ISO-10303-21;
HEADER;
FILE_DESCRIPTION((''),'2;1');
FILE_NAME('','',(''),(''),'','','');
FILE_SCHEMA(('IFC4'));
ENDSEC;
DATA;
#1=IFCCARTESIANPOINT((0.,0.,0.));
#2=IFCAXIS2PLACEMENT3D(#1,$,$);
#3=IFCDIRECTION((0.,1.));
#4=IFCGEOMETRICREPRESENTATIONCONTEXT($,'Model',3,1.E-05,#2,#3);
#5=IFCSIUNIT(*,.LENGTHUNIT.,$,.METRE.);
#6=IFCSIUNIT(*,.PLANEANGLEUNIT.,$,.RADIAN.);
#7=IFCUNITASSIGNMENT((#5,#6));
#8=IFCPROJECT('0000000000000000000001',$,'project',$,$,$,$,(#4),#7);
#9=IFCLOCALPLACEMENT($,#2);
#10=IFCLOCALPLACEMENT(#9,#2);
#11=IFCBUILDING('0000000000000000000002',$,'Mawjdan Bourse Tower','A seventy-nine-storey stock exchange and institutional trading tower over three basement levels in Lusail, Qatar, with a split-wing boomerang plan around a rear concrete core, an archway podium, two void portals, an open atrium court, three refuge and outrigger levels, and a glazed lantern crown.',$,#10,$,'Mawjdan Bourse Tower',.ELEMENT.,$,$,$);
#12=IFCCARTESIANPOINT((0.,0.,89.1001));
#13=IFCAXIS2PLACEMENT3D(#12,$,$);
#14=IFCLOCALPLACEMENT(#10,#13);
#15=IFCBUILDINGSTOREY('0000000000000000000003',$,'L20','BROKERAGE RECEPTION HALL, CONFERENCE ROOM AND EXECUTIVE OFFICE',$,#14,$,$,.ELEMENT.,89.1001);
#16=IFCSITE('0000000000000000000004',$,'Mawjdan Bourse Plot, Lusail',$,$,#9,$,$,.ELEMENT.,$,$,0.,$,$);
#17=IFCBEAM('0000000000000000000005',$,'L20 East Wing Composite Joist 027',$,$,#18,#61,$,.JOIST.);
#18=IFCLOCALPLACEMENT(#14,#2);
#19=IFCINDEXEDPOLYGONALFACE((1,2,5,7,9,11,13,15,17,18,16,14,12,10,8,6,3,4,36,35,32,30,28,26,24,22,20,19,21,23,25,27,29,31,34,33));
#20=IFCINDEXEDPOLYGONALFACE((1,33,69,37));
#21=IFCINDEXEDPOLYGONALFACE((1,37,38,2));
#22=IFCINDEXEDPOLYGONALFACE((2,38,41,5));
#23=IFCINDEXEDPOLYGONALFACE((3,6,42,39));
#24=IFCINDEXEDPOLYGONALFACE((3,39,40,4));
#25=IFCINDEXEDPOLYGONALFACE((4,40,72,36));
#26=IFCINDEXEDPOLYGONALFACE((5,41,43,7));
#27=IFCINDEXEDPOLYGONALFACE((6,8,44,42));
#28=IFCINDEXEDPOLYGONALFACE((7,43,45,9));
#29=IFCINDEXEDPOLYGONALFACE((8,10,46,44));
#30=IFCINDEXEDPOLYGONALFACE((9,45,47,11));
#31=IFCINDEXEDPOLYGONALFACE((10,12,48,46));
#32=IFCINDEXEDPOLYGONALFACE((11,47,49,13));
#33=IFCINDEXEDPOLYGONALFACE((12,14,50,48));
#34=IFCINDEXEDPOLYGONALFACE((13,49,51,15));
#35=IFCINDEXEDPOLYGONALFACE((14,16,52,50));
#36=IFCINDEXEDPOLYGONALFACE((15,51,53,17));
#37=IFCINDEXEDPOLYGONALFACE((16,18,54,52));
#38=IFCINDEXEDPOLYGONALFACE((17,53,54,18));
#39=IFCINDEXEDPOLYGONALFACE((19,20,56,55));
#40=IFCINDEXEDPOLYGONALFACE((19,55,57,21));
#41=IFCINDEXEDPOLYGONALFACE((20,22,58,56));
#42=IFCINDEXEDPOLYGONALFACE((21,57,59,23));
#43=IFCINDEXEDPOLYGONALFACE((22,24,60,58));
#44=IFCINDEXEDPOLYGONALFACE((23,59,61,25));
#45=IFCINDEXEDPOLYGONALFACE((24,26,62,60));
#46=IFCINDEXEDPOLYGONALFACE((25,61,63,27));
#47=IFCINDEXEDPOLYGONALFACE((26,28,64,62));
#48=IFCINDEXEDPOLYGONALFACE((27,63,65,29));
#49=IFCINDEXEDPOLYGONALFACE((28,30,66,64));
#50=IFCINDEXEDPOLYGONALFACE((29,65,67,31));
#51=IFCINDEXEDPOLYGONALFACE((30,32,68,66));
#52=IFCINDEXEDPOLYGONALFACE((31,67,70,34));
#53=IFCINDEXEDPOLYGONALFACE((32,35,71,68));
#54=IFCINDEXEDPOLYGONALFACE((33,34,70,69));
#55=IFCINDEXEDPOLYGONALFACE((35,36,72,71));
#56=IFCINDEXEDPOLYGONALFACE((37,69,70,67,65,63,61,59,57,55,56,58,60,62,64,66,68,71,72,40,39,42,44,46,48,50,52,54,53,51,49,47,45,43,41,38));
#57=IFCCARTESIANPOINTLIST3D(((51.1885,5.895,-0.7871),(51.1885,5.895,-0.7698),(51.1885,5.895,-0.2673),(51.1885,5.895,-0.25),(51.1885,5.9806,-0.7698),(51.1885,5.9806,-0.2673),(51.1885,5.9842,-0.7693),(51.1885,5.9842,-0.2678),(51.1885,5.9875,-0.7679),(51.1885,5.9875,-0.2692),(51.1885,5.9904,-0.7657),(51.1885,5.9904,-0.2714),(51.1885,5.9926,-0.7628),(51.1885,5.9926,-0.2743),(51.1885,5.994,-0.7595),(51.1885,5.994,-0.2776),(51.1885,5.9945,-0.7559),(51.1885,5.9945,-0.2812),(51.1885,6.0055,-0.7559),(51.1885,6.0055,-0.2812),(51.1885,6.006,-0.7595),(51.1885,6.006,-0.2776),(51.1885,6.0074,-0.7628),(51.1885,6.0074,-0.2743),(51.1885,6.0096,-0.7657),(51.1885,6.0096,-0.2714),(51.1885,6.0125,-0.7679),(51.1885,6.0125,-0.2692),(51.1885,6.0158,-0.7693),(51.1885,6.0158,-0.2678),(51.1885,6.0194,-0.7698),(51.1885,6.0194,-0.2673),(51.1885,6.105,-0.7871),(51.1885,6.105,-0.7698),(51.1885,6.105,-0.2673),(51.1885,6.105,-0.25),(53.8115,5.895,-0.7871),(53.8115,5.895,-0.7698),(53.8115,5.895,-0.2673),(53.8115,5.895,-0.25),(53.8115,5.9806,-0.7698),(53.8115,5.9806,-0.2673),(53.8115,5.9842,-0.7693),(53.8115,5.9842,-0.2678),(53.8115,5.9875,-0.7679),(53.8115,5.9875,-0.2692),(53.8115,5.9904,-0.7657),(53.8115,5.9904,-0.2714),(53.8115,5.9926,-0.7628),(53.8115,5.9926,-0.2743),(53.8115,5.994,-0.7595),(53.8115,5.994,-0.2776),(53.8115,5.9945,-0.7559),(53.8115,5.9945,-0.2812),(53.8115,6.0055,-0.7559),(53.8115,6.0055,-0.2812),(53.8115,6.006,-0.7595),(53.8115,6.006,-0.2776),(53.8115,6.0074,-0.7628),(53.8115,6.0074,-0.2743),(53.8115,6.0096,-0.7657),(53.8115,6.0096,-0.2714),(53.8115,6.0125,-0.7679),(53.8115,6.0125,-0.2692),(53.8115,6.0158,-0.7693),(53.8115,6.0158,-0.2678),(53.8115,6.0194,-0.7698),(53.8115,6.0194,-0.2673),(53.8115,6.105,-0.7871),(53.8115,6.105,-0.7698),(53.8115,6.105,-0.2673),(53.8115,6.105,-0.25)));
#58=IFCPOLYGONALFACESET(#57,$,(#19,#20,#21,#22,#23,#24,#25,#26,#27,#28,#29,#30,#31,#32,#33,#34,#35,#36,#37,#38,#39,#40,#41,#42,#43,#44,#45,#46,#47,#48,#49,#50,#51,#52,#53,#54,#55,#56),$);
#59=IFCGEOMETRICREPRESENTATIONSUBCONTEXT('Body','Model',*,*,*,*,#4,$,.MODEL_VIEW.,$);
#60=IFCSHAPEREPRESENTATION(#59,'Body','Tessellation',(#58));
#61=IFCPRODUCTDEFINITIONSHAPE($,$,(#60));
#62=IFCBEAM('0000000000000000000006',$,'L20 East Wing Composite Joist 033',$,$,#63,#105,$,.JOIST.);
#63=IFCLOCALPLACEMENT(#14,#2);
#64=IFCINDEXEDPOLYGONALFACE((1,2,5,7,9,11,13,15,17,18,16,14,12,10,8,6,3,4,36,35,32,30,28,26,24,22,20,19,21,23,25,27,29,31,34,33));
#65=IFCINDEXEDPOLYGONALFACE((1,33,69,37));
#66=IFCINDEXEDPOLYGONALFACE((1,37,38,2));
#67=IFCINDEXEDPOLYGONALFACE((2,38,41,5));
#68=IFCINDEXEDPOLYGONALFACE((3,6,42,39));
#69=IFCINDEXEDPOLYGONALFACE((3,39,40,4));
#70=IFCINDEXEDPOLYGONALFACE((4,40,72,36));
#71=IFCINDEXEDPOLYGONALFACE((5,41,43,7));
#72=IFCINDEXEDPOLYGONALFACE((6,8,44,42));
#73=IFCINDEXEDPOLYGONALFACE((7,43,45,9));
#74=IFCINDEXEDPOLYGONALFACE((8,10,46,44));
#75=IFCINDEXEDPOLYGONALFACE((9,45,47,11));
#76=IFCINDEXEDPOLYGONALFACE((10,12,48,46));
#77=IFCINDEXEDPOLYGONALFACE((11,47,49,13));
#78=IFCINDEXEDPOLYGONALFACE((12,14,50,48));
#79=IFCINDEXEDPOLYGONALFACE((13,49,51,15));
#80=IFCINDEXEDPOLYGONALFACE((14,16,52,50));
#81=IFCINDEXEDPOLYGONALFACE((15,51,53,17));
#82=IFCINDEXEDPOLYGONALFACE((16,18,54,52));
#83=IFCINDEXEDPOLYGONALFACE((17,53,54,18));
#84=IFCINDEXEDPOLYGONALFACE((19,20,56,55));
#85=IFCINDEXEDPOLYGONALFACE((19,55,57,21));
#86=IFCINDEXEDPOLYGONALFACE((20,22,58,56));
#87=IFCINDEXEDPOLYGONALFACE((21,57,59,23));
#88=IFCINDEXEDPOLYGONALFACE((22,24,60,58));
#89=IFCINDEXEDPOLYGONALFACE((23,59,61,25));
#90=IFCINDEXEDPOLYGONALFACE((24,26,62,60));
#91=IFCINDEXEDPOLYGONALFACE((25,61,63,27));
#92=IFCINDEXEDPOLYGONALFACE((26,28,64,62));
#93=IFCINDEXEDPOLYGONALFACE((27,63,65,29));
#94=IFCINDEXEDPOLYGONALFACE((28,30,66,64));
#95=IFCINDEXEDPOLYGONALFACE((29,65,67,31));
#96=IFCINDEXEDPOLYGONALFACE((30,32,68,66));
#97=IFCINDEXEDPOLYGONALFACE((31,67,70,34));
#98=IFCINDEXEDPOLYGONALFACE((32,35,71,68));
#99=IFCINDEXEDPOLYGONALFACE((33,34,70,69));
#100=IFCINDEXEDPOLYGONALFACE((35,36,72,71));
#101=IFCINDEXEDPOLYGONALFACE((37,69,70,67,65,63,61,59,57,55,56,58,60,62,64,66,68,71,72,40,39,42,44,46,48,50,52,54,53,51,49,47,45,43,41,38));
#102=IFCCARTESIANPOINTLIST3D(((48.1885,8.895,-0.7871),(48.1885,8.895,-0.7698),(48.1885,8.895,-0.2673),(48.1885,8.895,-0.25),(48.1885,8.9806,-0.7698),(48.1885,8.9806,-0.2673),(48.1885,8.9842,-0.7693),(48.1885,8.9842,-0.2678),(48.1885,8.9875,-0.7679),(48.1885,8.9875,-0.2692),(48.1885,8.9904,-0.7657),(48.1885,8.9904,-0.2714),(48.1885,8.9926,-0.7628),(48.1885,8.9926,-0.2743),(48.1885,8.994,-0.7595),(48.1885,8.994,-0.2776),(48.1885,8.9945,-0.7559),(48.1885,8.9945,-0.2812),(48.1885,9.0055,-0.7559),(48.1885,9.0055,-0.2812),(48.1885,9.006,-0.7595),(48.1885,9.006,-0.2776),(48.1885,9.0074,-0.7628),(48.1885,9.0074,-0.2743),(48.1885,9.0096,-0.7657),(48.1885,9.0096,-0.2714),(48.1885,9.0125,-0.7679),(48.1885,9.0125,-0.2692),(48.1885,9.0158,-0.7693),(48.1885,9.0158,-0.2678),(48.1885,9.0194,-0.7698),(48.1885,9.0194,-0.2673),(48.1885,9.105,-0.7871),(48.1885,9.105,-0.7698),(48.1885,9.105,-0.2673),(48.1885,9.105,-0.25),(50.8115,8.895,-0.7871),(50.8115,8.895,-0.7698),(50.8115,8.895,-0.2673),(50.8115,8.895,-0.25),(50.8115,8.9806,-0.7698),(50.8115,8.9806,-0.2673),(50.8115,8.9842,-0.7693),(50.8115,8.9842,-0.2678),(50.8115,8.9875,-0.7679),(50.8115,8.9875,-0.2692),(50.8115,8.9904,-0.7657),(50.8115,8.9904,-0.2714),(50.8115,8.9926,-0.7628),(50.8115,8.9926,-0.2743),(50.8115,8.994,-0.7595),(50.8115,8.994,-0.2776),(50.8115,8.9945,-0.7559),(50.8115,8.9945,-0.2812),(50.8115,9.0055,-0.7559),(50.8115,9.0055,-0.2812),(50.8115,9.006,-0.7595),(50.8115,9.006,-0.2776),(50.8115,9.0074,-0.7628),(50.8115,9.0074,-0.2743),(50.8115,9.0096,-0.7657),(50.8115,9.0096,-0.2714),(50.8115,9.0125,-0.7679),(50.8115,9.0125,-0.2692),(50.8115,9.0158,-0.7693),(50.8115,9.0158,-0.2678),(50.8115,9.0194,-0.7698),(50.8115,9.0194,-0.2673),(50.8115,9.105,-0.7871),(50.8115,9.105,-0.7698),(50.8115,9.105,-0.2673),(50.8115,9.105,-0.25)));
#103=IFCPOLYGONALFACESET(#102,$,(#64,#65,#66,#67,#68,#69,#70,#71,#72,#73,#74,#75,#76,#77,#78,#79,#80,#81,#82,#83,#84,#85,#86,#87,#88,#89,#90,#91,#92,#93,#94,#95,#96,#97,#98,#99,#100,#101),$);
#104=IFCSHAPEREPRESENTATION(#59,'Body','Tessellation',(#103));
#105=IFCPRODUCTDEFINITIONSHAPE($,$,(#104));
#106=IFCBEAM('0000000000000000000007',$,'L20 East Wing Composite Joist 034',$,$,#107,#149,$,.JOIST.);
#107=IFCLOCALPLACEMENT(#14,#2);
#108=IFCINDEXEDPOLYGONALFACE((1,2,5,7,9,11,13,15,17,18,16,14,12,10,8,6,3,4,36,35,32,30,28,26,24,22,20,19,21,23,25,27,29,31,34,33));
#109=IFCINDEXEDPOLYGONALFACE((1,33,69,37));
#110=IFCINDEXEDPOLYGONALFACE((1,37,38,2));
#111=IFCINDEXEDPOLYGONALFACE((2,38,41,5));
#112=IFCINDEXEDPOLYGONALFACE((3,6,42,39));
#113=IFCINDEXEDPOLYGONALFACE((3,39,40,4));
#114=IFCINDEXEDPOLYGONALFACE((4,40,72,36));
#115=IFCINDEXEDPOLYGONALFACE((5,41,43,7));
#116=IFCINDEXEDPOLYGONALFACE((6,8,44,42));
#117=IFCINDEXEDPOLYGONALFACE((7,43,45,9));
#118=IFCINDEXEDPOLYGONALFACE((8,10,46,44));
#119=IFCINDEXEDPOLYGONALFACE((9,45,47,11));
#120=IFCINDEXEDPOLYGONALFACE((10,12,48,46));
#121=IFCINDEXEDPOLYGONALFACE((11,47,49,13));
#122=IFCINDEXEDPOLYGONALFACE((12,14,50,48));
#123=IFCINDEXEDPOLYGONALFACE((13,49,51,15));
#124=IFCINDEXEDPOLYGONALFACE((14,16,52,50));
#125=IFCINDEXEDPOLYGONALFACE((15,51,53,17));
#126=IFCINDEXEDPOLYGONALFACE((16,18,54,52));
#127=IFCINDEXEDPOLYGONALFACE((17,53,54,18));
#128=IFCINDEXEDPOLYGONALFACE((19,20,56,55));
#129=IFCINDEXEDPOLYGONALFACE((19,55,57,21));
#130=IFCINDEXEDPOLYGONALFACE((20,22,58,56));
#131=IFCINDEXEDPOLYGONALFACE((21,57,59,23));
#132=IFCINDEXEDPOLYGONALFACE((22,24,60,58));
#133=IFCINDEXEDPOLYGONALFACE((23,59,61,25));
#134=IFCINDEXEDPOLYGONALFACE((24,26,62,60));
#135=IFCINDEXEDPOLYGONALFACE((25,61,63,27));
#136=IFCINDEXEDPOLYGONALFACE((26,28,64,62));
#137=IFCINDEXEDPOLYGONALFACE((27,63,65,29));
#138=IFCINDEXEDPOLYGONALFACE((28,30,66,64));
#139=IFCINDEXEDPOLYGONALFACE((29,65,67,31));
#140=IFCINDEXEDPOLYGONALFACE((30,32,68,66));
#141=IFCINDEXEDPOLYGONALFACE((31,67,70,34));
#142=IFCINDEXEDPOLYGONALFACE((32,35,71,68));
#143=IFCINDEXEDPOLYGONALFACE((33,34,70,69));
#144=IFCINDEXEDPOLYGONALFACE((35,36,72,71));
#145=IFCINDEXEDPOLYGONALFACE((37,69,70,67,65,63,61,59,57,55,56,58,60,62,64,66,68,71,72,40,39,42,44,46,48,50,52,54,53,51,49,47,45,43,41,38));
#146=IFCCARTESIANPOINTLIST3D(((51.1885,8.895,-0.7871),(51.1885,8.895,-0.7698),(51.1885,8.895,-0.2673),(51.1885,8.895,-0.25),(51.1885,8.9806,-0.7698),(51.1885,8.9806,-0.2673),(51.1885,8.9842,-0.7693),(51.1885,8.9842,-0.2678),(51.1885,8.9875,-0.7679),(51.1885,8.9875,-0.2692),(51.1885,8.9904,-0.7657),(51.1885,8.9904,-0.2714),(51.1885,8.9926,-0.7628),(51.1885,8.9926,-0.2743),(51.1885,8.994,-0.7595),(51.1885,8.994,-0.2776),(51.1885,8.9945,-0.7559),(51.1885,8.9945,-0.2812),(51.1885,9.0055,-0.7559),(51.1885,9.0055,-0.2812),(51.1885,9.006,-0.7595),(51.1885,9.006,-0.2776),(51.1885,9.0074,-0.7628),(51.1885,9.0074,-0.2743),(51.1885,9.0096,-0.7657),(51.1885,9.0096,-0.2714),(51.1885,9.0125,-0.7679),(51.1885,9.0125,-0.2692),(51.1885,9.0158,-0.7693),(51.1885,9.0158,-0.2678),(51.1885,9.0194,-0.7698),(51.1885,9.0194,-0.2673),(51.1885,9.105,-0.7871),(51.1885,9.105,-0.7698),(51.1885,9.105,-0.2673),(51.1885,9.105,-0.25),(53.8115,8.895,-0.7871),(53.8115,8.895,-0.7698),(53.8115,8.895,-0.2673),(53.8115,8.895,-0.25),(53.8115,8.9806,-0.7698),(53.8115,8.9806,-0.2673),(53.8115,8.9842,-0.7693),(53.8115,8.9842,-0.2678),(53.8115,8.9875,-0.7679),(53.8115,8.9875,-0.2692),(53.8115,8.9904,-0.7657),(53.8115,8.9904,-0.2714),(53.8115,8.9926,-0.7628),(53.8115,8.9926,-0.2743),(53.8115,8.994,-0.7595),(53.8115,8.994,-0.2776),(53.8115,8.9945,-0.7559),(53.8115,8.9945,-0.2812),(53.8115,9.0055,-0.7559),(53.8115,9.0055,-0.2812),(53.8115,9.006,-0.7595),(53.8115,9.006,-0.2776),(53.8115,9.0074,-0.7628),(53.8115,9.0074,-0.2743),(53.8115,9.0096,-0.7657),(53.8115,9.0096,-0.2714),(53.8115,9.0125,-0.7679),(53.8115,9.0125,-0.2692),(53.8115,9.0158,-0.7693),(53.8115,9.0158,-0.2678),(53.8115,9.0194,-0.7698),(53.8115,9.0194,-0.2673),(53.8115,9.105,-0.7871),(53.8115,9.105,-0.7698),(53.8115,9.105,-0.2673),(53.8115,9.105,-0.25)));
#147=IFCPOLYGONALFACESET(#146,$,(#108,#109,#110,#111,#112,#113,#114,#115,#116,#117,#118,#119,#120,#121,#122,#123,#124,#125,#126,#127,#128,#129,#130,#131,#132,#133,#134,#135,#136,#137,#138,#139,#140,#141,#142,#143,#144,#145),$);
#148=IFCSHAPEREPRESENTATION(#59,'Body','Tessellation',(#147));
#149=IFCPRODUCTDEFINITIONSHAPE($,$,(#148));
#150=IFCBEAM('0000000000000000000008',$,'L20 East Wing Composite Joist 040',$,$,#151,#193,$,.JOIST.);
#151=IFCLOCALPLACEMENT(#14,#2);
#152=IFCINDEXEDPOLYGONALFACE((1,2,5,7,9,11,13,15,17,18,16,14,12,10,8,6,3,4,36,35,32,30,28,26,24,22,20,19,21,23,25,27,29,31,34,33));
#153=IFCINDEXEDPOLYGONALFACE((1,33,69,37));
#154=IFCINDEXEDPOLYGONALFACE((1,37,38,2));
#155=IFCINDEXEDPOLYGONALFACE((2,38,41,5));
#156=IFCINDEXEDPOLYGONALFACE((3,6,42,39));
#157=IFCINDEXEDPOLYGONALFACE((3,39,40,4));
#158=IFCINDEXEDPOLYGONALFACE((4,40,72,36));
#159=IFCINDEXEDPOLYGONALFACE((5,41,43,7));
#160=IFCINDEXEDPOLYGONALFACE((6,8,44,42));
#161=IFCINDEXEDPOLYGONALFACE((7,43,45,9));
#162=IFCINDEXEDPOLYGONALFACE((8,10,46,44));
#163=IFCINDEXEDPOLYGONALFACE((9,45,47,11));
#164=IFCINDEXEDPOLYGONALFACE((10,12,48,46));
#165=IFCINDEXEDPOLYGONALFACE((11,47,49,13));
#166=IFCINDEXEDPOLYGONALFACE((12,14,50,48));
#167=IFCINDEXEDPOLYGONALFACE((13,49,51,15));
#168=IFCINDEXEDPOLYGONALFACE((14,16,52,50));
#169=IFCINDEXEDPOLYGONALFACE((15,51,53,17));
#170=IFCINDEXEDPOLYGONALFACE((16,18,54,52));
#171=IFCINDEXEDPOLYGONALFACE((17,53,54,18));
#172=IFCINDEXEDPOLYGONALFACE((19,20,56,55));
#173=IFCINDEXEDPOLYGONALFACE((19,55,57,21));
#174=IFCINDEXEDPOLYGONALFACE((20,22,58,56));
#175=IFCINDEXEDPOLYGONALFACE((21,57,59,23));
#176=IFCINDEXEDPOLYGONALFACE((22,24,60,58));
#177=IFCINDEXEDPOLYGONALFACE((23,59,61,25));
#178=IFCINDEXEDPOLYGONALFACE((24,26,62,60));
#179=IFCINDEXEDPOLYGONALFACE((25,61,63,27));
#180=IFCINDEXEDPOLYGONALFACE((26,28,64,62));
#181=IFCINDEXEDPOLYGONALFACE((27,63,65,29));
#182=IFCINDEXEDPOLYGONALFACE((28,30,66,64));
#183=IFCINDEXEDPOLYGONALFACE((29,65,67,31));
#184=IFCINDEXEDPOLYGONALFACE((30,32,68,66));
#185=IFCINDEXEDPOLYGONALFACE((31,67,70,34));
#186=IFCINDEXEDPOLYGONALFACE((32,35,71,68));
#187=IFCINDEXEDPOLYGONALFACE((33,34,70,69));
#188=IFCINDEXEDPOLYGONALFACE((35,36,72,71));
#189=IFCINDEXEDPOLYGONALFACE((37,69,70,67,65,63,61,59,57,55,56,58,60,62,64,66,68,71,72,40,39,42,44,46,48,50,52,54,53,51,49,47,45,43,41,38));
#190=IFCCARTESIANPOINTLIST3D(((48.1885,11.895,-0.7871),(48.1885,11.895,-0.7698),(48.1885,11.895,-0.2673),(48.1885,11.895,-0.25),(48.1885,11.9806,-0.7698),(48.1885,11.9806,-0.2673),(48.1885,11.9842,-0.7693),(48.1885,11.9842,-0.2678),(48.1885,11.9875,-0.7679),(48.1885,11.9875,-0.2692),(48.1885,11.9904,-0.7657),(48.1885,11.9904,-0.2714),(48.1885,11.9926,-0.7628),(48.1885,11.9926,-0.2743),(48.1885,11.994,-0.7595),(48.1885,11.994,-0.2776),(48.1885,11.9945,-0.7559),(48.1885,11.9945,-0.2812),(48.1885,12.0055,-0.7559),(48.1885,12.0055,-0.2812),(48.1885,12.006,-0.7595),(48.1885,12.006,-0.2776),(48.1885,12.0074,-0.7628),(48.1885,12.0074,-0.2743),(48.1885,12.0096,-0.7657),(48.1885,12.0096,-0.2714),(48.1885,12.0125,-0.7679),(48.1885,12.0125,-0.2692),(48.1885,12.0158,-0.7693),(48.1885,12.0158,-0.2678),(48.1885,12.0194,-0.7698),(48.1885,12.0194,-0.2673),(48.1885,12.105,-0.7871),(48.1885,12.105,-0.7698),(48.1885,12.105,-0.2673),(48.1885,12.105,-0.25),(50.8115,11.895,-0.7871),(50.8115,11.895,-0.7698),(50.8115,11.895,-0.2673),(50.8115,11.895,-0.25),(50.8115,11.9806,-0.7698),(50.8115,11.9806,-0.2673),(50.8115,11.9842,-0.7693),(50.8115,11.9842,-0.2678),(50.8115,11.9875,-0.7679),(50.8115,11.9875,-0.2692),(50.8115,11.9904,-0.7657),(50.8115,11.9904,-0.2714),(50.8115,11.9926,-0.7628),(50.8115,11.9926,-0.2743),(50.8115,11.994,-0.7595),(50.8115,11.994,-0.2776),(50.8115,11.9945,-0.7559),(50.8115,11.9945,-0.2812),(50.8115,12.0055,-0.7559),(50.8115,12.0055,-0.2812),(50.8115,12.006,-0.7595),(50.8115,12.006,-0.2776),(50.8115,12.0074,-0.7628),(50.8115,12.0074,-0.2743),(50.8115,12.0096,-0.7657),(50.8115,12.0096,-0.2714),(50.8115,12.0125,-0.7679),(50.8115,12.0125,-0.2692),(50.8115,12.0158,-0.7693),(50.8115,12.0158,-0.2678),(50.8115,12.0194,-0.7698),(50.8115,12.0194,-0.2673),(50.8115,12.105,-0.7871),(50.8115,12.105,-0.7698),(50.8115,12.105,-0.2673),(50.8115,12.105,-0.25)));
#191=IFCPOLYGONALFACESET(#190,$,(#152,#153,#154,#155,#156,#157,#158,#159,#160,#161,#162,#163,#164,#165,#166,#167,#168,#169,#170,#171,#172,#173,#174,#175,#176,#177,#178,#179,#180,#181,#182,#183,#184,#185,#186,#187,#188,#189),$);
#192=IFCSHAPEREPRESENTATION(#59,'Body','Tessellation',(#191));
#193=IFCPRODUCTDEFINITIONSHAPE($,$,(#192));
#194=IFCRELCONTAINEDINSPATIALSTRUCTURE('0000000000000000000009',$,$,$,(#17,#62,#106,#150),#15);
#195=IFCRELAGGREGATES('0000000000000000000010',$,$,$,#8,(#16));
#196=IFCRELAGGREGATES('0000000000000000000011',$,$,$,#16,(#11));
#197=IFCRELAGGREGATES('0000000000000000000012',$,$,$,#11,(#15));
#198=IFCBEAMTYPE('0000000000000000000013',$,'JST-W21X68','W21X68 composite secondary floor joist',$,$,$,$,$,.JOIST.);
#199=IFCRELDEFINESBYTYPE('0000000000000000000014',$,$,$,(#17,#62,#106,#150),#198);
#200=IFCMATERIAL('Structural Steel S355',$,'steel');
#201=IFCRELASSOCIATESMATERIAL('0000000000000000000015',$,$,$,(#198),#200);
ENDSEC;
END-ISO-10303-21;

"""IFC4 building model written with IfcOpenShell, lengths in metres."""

from ifc_helpers import new_model, si_unit, direction, frame, origin, origin_2d, place, context, subcontext, project, spatial, i_section, extrude, material, material_profile, profile_set, type_object, element, save


model = new_model("IFC4")

# Units and contexts
model_context = context("Model", 3, precision=1e-05, world=origin(), true_north=direction((0.0, 1.0)))
body_context = subcontext(model_context, "Body", "Model", "MODEL_VIEW")
ifc_project = project(units=[si_unit("LENGTHUNIT", "METRE"), si_unit("PLANEANGLEUNIT", "RADIAN")], contexts=[model_context])

# Site, building, storey
site_placement = place(None, origin())
site = spatial("IfcSite", under=ifc_project, at=site_placement, Name="Mawjdan Bourse Plot, Lusail", CompositionType="ELEMENT", RefElevation=0.0)
building_placement = place(site_placement, origin())
building = spatial("IfcBuilding", under=site, at=building_placement, Name="Mawjdan Bourse Tower", Description="A seventy-nine-storey stock exchange and institutional trading tower over three basement levels in Lusail, Qatar, with a split-wing boomerang plan around a rear concrete core, an archway podium, two void portals, an open atrium court, three refuge and outrigger levels, and a glazed lantern crown.", LongName="Mawjdan Bourse Tower", CompositionType="ELEMENT")
storey_placement = place(building_placement, frame((0.0, 0.0, 89.1001)))
storey = spatial("IfcBuildingStorey", under=building, at=storey_placement, Name="L20", Description="BROKERAGE RECEPTION HALL, CONFERENCE ROOM AND EXECUTIVE OFFICE", CompositionType="ELEMENT", Elevation=89.1001)

# Beams
ifc_material_1 = material(Name="Structural Steel S355", Category="steel")
ifc_material_profile_1 = material_profile(ifc_material_1, i_section(OverallWidth=0.21, OverallDepth=0.5371, WebThickness=0.011, FlangeThickness=0.0173, FilletRadius=0.0139, at=origin_2d()), Name="W21X68")
ifc_profile_set_1 = profile_set([ifc_material_profile_1], Name="Structural Steel S355")
beam_type_1 = type_object("IfcBeamType", Name="JST-W21X68", Description="W21X68 composite secondary floor joist", PredefinedType="JOIST", material=ifc_profile_set_1)
for number, where, z_axis, x_axis, name in (
    (1, (51.1885, 6.0, -0.5186), (1.0, 0.0, 0.0), (0.0, 1.0, 0.0), "L20 East Wing Composite Joist 027"),
    (2, (48.1885, 9.0, -0.5186), (1.0, 0.0, 0.0), (0.0, 1.0, 0.0), "L20 East Wing Composite Joist 033"),
    (3, (51.1885, 9.0, -0.5186), (1.0, 0.0, 0.0), (0.0, 1.0, 0.0), "L20 East Wing Composite Joist 034"),
    (4, (48.1885, 12.0, -0.5186), (1.0, 0.0, 0.0), (0.0, 1.0, 0.0), "L20 East Wing Composite Joist 040"),
):
    element("IfcBeam", number, at=place(storey_placement, frame(where, z_axis=z_axis, x_axis=x_axis)), inside=storey, type_object=beam_type_1, Name=name, PredefinedType="JOIST", context=body_context, shape_type="SweptSolid", body=[
        extrude(i_section(OverallWidth=0.21, OverallDepth=0.5371, WebThickness=0.011, FlangeThickness=0.0173, FilletRadius=0.0139, at=origin_2d()), origin(), (0.0, 0.0, 1.0), 2.623),
    ])

save(model, "model.ifc")
